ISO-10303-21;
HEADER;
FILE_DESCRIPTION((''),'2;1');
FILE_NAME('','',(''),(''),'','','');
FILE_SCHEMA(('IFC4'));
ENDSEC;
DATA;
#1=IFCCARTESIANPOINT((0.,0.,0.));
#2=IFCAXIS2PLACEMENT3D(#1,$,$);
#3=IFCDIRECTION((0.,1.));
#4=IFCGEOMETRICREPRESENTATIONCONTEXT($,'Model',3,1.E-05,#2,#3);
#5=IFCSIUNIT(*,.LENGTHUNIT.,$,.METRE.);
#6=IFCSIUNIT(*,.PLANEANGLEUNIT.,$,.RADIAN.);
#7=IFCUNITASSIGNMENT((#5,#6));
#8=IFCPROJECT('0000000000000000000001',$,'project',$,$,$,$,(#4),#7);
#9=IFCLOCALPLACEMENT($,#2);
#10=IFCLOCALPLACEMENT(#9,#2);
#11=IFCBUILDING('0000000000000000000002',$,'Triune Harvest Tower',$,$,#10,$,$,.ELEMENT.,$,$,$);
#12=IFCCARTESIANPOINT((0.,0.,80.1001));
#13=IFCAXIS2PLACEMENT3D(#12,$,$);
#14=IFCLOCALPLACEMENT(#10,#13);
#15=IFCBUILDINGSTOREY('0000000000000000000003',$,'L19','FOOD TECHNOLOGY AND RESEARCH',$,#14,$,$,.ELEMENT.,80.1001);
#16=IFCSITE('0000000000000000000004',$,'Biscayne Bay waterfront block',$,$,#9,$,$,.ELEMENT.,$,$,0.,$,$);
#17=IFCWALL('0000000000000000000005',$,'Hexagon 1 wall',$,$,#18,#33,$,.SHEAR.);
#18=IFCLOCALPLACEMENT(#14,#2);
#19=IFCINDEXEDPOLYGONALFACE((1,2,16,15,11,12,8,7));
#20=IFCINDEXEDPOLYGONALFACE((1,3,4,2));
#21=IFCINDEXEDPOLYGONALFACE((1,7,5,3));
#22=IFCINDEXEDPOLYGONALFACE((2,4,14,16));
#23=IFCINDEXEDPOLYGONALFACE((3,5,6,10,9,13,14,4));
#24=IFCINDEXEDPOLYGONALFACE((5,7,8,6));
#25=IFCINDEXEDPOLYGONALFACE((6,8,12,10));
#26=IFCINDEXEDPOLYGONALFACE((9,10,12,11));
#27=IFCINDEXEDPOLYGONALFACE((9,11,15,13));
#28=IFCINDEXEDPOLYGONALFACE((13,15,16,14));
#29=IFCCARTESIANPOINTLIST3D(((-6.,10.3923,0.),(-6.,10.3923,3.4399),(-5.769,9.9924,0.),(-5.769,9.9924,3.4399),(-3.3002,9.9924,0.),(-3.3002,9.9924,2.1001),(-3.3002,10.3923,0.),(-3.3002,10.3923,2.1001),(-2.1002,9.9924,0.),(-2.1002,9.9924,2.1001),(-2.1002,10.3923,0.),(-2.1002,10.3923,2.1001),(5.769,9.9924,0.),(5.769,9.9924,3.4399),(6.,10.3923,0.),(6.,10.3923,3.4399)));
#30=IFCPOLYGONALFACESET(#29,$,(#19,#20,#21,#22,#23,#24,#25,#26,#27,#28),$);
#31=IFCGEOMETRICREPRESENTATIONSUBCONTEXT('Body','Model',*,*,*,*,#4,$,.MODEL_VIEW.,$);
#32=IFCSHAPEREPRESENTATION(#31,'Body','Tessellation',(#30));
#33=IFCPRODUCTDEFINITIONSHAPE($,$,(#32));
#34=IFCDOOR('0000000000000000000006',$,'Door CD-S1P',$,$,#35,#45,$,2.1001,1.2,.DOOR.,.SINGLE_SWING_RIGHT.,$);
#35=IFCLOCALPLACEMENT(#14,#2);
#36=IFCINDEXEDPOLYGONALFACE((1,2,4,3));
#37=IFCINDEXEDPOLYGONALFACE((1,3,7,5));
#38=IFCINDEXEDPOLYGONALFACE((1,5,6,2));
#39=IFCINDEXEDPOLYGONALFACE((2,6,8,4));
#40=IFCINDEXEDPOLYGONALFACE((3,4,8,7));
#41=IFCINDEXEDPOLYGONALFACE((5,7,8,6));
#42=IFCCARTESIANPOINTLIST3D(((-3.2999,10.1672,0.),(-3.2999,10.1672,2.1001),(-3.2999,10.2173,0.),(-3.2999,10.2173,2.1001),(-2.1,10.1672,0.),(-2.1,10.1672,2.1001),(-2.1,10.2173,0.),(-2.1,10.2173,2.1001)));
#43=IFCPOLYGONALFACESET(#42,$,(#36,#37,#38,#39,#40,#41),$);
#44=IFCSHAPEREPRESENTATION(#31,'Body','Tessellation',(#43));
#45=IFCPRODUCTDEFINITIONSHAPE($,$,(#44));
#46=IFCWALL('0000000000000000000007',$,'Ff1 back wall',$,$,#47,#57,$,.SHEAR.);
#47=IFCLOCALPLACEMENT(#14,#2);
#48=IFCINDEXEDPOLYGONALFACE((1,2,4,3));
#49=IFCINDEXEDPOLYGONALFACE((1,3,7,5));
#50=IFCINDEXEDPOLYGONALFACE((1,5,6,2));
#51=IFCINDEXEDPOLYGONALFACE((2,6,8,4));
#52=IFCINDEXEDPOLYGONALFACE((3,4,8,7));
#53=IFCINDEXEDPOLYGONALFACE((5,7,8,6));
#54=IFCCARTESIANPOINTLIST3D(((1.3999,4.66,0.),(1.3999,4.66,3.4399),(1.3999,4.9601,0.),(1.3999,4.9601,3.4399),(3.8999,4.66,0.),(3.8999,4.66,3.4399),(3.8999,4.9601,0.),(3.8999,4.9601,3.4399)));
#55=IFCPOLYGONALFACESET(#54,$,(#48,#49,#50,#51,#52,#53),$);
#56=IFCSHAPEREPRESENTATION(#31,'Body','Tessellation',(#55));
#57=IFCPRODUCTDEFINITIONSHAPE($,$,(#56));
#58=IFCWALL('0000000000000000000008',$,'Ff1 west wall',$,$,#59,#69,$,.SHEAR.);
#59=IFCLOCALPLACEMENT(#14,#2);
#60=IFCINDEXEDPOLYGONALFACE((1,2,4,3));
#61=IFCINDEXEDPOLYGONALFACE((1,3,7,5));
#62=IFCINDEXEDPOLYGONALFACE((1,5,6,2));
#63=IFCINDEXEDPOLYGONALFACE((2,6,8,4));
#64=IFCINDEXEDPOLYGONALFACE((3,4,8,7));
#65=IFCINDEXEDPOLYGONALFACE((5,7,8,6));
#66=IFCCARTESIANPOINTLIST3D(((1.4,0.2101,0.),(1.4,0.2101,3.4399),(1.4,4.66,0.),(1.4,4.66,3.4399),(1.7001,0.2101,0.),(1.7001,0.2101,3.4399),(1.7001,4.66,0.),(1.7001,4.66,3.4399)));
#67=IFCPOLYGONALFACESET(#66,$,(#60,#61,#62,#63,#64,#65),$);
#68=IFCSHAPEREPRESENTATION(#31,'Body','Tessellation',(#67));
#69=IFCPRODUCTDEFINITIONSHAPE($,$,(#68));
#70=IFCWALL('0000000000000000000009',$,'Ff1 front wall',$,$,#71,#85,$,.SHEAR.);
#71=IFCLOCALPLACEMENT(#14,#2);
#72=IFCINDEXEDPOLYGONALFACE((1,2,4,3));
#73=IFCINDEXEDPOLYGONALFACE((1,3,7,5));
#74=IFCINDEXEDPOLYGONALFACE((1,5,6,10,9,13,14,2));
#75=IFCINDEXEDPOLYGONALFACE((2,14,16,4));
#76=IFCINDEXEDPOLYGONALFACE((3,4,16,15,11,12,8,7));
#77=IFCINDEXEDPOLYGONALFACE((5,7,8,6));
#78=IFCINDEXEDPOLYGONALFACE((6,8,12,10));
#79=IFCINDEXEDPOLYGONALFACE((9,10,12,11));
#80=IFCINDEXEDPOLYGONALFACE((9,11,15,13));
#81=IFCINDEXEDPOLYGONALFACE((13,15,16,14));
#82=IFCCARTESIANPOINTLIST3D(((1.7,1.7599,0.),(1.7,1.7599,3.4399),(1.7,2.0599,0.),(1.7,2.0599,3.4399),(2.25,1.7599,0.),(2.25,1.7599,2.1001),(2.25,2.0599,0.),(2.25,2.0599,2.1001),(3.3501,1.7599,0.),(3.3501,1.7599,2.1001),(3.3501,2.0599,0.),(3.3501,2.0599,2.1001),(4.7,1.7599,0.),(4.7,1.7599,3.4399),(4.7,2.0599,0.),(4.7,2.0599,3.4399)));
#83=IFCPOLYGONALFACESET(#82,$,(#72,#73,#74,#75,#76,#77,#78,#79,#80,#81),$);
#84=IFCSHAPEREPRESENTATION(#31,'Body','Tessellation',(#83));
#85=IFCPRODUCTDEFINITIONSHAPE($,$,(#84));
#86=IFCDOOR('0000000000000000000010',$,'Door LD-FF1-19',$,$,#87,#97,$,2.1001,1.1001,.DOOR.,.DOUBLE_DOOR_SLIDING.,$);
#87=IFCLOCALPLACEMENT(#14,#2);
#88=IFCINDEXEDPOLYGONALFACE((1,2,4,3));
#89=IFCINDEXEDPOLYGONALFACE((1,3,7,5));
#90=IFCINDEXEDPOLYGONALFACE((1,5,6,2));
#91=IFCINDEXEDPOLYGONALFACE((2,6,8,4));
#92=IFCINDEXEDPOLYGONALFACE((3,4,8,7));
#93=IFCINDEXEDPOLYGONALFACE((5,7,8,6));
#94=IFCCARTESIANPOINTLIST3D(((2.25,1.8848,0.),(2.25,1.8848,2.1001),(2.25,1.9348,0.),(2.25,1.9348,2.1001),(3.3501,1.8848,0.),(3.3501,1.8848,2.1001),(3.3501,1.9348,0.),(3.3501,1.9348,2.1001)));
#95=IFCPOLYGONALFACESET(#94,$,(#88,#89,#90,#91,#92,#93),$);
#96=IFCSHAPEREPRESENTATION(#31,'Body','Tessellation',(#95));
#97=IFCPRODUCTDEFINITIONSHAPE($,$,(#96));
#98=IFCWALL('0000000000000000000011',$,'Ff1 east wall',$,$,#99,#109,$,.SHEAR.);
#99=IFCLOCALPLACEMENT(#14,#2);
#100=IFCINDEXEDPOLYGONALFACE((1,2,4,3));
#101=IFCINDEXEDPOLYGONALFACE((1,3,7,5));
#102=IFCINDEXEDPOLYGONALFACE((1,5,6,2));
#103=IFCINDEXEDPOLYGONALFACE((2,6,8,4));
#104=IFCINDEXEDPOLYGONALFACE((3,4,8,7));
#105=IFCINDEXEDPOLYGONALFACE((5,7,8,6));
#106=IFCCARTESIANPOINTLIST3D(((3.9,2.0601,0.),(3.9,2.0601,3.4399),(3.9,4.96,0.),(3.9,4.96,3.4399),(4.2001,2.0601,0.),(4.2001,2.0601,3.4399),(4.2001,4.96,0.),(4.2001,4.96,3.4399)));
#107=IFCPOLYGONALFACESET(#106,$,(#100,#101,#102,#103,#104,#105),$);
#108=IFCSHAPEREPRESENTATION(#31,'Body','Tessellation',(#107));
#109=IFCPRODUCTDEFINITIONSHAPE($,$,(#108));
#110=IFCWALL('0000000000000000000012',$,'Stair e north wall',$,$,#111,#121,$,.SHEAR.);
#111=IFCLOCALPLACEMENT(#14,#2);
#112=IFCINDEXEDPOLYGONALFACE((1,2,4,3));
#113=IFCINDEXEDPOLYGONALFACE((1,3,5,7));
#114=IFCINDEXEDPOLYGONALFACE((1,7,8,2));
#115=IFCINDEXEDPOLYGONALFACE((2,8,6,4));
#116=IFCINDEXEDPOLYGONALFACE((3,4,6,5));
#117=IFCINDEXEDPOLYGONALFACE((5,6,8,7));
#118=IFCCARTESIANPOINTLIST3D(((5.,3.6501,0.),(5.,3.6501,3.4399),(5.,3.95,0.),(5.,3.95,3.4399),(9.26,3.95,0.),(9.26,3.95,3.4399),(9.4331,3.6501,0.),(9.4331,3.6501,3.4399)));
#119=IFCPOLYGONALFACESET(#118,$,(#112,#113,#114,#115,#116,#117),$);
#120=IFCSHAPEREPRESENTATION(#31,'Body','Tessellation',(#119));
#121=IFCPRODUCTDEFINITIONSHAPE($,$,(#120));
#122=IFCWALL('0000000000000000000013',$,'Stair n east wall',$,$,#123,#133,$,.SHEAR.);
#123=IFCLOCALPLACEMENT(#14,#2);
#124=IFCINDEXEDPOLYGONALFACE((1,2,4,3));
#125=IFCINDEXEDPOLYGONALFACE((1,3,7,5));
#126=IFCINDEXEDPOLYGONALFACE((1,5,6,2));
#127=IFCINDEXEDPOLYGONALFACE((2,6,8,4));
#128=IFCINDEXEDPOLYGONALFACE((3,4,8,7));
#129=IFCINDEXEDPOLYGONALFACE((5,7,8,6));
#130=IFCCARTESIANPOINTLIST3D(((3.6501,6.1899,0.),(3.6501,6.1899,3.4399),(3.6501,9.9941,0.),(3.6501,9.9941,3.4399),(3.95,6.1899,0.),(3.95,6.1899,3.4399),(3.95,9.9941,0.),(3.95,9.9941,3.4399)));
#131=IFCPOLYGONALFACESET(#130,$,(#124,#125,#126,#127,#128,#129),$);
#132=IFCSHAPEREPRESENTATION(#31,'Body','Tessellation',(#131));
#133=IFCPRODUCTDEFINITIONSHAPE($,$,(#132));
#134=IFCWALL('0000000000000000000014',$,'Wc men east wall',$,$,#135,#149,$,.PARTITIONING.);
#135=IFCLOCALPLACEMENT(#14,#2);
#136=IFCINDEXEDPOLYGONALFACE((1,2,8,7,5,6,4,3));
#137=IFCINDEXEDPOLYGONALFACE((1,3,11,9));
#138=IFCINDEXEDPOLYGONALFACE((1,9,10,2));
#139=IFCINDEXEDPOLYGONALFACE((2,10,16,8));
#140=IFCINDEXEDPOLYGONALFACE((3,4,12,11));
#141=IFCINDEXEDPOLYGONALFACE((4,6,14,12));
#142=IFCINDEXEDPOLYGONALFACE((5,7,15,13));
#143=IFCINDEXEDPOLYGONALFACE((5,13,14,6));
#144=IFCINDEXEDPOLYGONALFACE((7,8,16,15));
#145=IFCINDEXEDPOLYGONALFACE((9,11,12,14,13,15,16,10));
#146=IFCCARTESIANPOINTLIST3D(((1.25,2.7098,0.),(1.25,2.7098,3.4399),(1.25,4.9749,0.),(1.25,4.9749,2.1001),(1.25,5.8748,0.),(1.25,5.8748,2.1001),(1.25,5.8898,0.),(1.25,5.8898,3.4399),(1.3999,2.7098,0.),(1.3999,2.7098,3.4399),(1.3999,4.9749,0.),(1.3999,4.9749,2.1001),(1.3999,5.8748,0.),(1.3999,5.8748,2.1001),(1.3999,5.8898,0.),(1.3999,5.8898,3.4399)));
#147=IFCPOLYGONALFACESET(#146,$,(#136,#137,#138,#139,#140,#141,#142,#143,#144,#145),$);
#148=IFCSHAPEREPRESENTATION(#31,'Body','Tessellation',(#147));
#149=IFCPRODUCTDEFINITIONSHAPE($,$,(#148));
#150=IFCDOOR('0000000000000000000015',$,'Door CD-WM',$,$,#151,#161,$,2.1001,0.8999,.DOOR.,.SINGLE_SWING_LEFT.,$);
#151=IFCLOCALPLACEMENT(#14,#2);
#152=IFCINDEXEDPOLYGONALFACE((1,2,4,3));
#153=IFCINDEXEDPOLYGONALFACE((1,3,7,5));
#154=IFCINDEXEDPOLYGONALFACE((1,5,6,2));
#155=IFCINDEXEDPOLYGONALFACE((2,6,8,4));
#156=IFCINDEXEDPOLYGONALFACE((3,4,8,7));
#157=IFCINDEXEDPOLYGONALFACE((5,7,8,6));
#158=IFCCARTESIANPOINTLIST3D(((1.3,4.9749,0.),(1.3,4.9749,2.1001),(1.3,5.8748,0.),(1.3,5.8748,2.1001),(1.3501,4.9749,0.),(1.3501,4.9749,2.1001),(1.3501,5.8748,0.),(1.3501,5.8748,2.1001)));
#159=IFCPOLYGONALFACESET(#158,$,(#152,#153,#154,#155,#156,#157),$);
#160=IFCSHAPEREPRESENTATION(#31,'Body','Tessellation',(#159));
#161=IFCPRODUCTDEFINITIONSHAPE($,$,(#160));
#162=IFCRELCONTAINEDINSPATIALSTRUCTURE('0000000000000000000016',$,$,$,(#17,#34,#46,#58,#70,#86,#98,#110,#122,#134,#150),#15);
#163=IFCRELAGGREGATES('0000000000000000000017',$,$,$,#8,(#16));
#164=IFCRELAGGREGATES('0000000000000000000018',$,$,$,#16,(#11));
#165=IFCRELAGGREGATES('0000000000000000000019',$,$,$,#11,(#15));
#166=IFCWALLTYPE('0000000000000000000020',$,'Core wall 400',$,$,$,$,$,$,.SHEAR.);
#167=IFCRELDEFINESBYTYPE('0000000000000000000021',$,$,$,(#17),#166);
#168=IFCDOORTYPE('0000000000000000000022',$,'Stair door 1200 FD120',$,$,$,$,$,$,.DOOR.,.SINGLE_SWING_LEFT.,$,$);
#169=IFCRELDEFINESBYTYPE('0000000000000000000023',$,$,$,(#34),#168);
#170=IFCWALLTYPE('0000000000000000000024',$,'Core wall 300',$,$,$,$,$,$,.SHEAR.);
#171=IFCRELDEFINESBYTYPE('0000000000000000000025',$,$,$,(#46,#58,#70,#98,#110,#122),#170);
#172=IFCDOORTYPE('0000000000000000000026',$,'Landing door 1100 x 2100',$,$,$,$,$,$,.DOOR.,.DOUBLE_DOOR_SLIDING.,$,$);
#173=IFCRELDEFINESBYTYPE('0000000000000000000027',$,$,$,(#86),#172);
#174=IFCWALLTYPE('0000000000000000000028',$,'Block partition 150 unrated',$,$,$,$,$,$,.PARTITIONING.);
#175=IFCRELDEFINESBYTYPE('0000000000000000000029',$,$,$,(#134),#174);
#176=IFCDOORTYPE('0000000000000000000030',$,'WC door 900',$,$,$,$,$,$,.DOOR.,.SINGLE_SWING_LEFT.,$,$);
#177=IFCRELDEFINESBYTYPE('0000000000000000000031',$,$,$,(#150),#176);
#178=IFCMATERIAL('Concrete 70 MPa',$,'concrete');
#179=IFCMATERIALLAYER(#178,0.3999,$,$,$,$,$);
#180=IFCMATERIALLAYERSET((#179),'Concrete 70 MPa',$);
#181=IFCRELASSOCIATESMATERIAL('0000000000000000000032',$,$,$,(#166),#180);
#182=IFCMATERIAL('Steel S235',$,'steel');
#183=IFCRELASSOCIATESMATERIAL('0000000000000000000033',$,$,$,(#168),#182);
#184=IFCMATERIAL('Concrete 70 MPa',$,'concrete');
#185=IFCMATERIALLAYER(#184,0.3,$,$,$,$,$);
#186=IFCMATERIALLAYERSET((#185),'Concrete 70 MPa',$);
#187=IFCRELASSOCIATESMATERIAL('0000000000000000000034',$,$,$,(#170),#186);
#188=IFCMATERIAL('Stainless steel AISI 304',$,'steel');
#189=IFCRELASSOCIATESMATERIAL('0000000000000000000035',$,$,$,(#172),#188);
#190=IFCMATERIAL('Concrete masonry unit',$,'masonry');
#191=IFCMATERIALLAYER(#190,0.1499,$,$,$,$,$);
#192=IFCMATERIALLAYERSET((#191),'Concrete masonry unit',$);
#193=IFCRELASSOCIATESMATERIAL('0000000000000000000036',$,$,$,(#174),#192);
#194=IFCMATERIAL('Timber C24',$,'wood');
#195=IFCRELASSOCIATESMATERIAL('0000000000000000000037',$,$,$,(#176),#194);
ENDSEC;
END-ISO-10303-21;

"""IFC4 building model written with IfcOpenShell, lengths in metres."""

from ifc_helpers import new_model, si_unit, direction, frame, frame_2d, origin, place, context, subcontext, project, spatial, polyline, rectangle, outline, extrude, source, transform, mapped, material, layer, layer_set, type_object, element, fill, save


model = new_model("IFC4")

# Units and contexts
model_context = context("Model", 3, precision=1e-05, world=origin(), true_north=direction((0.0, 1.0)))
body_context = subcontext(model_context, "Body", "Model", "MODEL_VIEW")
ifc_project = project(units=[si_unit("LENGTHUNIT", "METRE"), si_unit("PLANEANGLEUNIT", "RADIAN")], contexts=[model_context])

# Site, building, storey
site_placement = place(None, origin())
site = spatial("IfcSite", under=ifc_project, at=site_placement, Name="Biscayne Bay waterfront block", CompositionType="ELEMENT", RefElevation=0.0)
building_placement = place(site_placement, origin())
building = spatial("IfcBuilding", under=site, at=building_placement, Name="Triune Harvest Tower", CompositionType="ELEMENT")
storey_placement = place(building_placement, frame((0.0, 0.0, 80.1001)))
storey = spatial("IfcBuildingStorey", under=building, at=storey_placement, Name="L19", Description="FOOD TECHNOLOGY AND RESEARCH", CompositionType="ELEMENT", Elevation=80.1001)

# Wall, opening, door
ifc_material_1 = material(Name="Concrete 70 MPa", Category="concrete")
ifc_layer_1 = layer(ifc_material_1, 0.3999)
ifc_layer_set_1 = layer_set([ifc_layer_1], Name="Concrete 70 MPa")
wall_type_1 = type_object("IfcWallType", Name="Core wall 400", PredefinedType="SHEAR", material=ifc_layer_set_1)
shared_shape_1 = source(origin(), body_context, "Body", "SweptSolid", [
    extrude(outline(polyline([(-0.1155, -0.2), (11.8845, -0.2), (11.6536, 0.2), (0.1155, 0.2), (-0.1155, -0.2)])), origin(), (0.0, 0.0, 1.0), 3.4399),
])
wall_1_placement = place(storey_placement, frame((5.8845, 10.1924, 0.0), z_axis=(0.0, 0.0, 1.0), x_axis=(-1.0, 0.0, 0.0)))
wall_1 = element("IfcWall", 1, at=wall_1_placement, inside=storey, type_object=wall_type_1, Name="Hexagon 1 wall", PredefinedType="SHEAR", context=body_context, shape_type="MappedRepresentation", body=[
    mapped(shared_shape_1, transform((0.0, 0.0, 0.0), scale=1.0)),
])
opening_1_placement = place(wall_1_placement, frame((7.9846, 0.0, 0.0)))
opening_1 = element("IfcOpeningElement", 2, at=opening_1_placement, cuts=wall_1, PredefinedType="OPENING", context=body_context, shape_type="SweptSolid", body=[
    extrude(rectangle(XDim=1.2, YDim=2.1001, at=frame_2d((0.6001, 1.05))), frame((0.0, 0.21, 0.0), z_axis=(0.0, -1.0, 0.0), x_axis=(1.0, 0.0, 0.0)), (0.0, 0.0, 1.0), 0.4199),
])
ifc_material_2 = material(Name="Steel S235", Category="steel")
door_type_1 = type_object("IfcDoorType", Name="Stair door 1200 FD120", OperationType="SINGLE_SWING_LEFT", PredefinedType="DOOR", material=ifc_material_2)
door_1_placement = place(opening_1_placement, frame((1.2, 0.0, 0.0), z_axis=(0.0, 0.0, 1.0), x_axis=(-1.0, 0.0, 0.0)))
door_1 = element("IfcDoor", 3, at=door_1_placement, inside=storey, type_object=door_type_1, Name="Door CD-S1P", OperationType="SINGLE_SWING_RIGHT", OverallHeight=2.1001, OverallWidth=1.2, PredefinedType="DOOR", context=body_context, shape_type="SweptSolid", body=[
    extrude(rectangle(XDim=1.2, YDim=2.1001, at=frame_2d((0.6001, 1.05))), frame((0.0, 0.0249, 0.0), z_axis=(0.0, -1.0, 0.0), x_axis=(1.0, 0.0, 0.0)), (0.0, 0.0, 1.0), 0.05),
])
fill(opening_1, door_1)

# Walls
ifc_material_3 = material(Name="Concrete 70 MPa", Category="concrete")
ifc_layer_2 = layer(ifc_material_3, 0.3)
ifc_layer_set_2 = layer_set([ifc_layer_2], Name="Concrete 70 MPa")
wall_type_2 = type_object("IfcWallType", Name="Core wall 300", PredefinedType="SHEAR", material=ifc_layer_set_2)
shared_shape_2 = source(origin(), body_context, "Body", "SweptSolid", [
    extrude(rectangle(XDim=2.5, YDim=0.3, at=frame_2d((1.25, 0.0))), origin(), (0.0, 0.0, 1.0), 3.4399),
])
wall_2_placement = place(storey_placement, frame((1.3999, 4.8101, 0.0), z_axis=(0.0, 0.0, 1.0), x_axis=(1.0, 0.0, 0.0)))
element("IfcWall", 4, at=wall_2_placement, inside=storey, type_object=wall_type_2, Name="Ff1 back wall", PredefinedType="SHEAR", context=body_context, shape_type="MappedRepresentation", body=[
    mapped(shared_shape_2, transform((0.0, 0.0, 0.0), scale=1.0)),
])
shared_shape_3 = source(origin(), body_context, "Body", "SweptSolid", [
    extrude(rectangle(XDim=4.45, YDim=0.3, at=frame_2d((2.2251, 0.0))), origin(), (0.0, 0.0, 1.0), 3.4399),
])
wall_3_placement = place(storey_placement, frame((1.55, 0.21, 0.0), z_axis=(0.0, 0.0, 1.0), x_axis=(0.0, 1.0, 0.0)))
element("IfcWall", 5, at=wall_3_placement, inside=storey, type_object=wall_type_2, Name="Ff1 west wall", PredefinedType="SHEAR", context=body_context, shape_type="MappedRepresentation", body=[
    mapped(shared_shape_3, transform((0.0, 0.0, 0.0), scale=1.0)),
])

# Wall, opening, door
shared_shape_4 = source(origin(), body_context, "Body", "SweptSolid", [
    extrude(rectangle(XDim=3.0, YDim=0.3, at=frame_2d((1.5, 0.0))), origin(), (0.0, 0.0, 1.0), 3.4399),
])
wall_4_placement = place(storey_placement, frame((1.7, 1.9099, 0.0), z_axis=(0.0, 0.0, 1.0), x_axis=(1.0, 0.0, 0.0)))
wall_4 = element("IfcWall", 6, at=wall_4_placement, inside=storey, type_object=wall_type_2, Name="Ff1 front wall", PredefinedType="SHEAR", context=body_context, shape_type="MappedRepresentation", body=[
    mapped(shared_shape_4, transform((0.0, 0.0, 0.0), scale=1.0)),
])
opening_2_placement = place(wall_4_placement, frame((0.55, 0.0, 0.0)))
opening_2 = element("IfcOpeningElement", 7, at=opening_2_placement, cuts=wall_4, PredefinedType="OPENING", context=body_context, shape_type="SweptSolid", body=[
    extrude(rectangle(XDim=1.1001, YDim=2.1001, at=frame_2d((0.55, 1.05))), frame((0.0, 0.1602, 0.0), z_axis=(0.0, -1.0, 0.0), x_axis=(1.0, 0.0, 0.0)), (0.0, 0.0, 1.0), 0.3201),
])
ifc_material_4 = material(Name="Stainless steel AISI 304", Category="steel")
door_type_2 = type_object("IfcDoorType", Name="Landing door 1100 x 2100", OperationType="DOUBLE_DOOR_SLIDING", PredefinedType="DOOR", material=ifc_material_4)
door_2_placement = place(opening_2_placement, origin())
door_2 = element("IfcDoor", 8, at=door_2_placement, inside=storey, type_object=door_type_2, Name="Door LD-FF1-19", OperationType="DOUBLE_DOOR_SLIDING", OverallHeight=2.1001, OverallWidth=1.1001, PredefinedType="DOOR", context=body_context, shape_type="SweptSolid", body=[
    extrude(rectangle(XDim=1.1001, YDim=2.1001, at=frame_2d((0.55, 1.05))), frame((0.0, 0.0249, 0.0), z_axis=(0.0, -1.0, 0.0), x_axis=(1.0, 0.0, 0.0)), (0.0, 0.0, 1.0), 0.05),
])
fill(opening_2, door_2)

# Walls
shared_shape_5 = source(origin(), body_context, "Body", "SweptSolid", [
    extrude(rectangle(XDim=2.8999, YDim=0.3, at=frame_2d((1.45, 0.0))), origin(), (0.0, 0.0, 1.0), 3.4399),
])
wall_5_placement = place(storey_placement, frame((4.05, 2.0601, 0.0), z_axis=(0.0, 0.0, 1.0), x_axis=(0.0, 1.0, 0.0)))
element("IfcWall", 9, at=wall_5_placement, inside=storey, type_object=wall_type_2, Name="Ff1 east wall", PredefinedType="SHEAR", context=body_context, shape_type="MappedRepresentation", body=[
    mapped(shared_shape_5, transform((0.0, 0.0, 0.0), scale=1.0)),
])
shared_shape_6 = source(origin(), body_context, "Body", "SweptSolid", [
    extrude(outline(polyline([(0.0, -0.1499), (0.0, 0.1499), (4.26, 0.1499), (4.4331, -0.1499), (0.0, -0.1499)])), origin(), (0.0, 0.0, 1.0), 3.4399),
])
wall_6_placement = place(storey_placement, frame((5.0, 3.8, 0.0), z_axis=(0.0, 0.0, 1.0), x_axis=(1.0, 0.0, 0.0)))
element("IfcWall", 10, at=wall_6_placement, inside=storey, type_object=wall_type_2, Name="Stair e north wall", PredefinedType="SHEAR", context=body_context, shape_type="MappedRepresentation", body=[
    mapped(shared_shape_6, transform((0.0, 0.0, 0.0), scale=1.0)),
])
shared_shape_7 = source(origin(), body_context, "Body", "SweptSolid", [
    extrude(outline(polyline([(0.0, -0.1499), (0.0, 0.1499), (3.8042, 0.1499), (3.8042, -0.1499), (0.0, -0.1499)])), origin(), (0.0, 0.0, 1.0), 3.4399),
])
wall_7_placement = place(storey_placement, frame((3.8, 6.1899, 0.0), z_axis=(0.0, 0.0, 1.0), x_axis=(0.0, 1.0, 0.0)))
element("IfcWall", 11, at=wall_7_placement, inside=storey, type_object=wall_type_2, Name="Stair n east wall", PredefinedType="SHEAR", context=body_context, shape_type="MappedRepresentation", body=[
    mapped(shared_shape_7, transform((0.0, 0.0, 0.0), scale=1.0)),
])

# Wall, opening, door
ifc_material_5 = material(Name="Concrete masonry unit", Category="masonry")
ifc_layer_3 = layer(ifc_material_5, 0.1499)
ifc_layer_set_3 = layer_set([ifc_layer_3], Name="Concrete masonry unit")
wall_type_3 = type_object("IfcWallType", Name="Block partition 150 unrated", PredefinedType="PARTITIONING", material=ifc_layer_set_3)
shared_shape_8 = source(origin(), body_context, "Body", "SweptSolid", [
    extrude(rectangle(XDim=3.1799, YDim=0.1499, at=frame_2d((1.5898, 0.0))), origin(), (0.0, 0.0, 1.0), 3.4399),
])
wall_8_placement = place(storey_placement, frame((1.325, 2.71, 0.0), z_axis=(0.0, 0.0, 1.0), x_axis=(0.0, 1.0, 0.0)))
wall_8 = element("IfcWall", 12, at=wall_8_placement, inside=storey, type_object=wall_type_3, Name="Wc men east wall", PredefinedType="PARTITIONING", context=body_context, shape_type="MappedRepresentation", body=[
    mapped(shared_shape_8, transform((0.0, 0.0, 0.0), scale=1.0)),
])
opening_3_placement = place(wall_8_placement, frame((2.2649, 0.0, 0.0)))
opening_3 = element("IfcOpeningElement", 13, at=opening_3_placement, cuts=wall_8, PredefinedType="OPENING", context=body_context, shape_type="SweptSolid", body=[
    extrude(rectangle(XDim=0.8999, YDim=2.1001, at=frame_2d((0.45, 1.05))), frame((0.0, 0.085, 0.0), z_axis=(0.0, -1.0, 0.0), x_axis=(1.0, 0.0, 0.0)), (0.0, 0.0, 1.0), 0.1699),
])
ifc_material_6 = material(Name="Timber C24", Category="wood")
door_type_3 = type_object("IfcDoorType", Name="WC door 900", OperationType="SINGLE_SWING_LEFT", PredefinedType="DOOR", material=ifc_material_6)
door_3_placement = place(opening_3_placement, origin())
door_3 = element("IfcDoor", 14, at=door_3_placement, inside=storey, type_object=door_type_3, Name="Door CD-WM", OperationType="SINGLE_SWING_LEFT", OverallHeight=2.1001, OverallWidth=0.8999, PredefinedType="DOOR", context=body_context, shape_type="SweptSolid", body=[
    extrude(rectangle(XDim=0.8999, YDim=2.1001, at=frame_2d((0.45, 1.05))), frame((0.0, 0.0249, 0.0), z_axis=(0.0, -1.0, 0.0), x_axis=(1.0, 0.0, 0.0)), (0.0, 0.0, 1.0), 0.05),
])
fill(opening_3, door_3)

save(model, "model.ifc")
